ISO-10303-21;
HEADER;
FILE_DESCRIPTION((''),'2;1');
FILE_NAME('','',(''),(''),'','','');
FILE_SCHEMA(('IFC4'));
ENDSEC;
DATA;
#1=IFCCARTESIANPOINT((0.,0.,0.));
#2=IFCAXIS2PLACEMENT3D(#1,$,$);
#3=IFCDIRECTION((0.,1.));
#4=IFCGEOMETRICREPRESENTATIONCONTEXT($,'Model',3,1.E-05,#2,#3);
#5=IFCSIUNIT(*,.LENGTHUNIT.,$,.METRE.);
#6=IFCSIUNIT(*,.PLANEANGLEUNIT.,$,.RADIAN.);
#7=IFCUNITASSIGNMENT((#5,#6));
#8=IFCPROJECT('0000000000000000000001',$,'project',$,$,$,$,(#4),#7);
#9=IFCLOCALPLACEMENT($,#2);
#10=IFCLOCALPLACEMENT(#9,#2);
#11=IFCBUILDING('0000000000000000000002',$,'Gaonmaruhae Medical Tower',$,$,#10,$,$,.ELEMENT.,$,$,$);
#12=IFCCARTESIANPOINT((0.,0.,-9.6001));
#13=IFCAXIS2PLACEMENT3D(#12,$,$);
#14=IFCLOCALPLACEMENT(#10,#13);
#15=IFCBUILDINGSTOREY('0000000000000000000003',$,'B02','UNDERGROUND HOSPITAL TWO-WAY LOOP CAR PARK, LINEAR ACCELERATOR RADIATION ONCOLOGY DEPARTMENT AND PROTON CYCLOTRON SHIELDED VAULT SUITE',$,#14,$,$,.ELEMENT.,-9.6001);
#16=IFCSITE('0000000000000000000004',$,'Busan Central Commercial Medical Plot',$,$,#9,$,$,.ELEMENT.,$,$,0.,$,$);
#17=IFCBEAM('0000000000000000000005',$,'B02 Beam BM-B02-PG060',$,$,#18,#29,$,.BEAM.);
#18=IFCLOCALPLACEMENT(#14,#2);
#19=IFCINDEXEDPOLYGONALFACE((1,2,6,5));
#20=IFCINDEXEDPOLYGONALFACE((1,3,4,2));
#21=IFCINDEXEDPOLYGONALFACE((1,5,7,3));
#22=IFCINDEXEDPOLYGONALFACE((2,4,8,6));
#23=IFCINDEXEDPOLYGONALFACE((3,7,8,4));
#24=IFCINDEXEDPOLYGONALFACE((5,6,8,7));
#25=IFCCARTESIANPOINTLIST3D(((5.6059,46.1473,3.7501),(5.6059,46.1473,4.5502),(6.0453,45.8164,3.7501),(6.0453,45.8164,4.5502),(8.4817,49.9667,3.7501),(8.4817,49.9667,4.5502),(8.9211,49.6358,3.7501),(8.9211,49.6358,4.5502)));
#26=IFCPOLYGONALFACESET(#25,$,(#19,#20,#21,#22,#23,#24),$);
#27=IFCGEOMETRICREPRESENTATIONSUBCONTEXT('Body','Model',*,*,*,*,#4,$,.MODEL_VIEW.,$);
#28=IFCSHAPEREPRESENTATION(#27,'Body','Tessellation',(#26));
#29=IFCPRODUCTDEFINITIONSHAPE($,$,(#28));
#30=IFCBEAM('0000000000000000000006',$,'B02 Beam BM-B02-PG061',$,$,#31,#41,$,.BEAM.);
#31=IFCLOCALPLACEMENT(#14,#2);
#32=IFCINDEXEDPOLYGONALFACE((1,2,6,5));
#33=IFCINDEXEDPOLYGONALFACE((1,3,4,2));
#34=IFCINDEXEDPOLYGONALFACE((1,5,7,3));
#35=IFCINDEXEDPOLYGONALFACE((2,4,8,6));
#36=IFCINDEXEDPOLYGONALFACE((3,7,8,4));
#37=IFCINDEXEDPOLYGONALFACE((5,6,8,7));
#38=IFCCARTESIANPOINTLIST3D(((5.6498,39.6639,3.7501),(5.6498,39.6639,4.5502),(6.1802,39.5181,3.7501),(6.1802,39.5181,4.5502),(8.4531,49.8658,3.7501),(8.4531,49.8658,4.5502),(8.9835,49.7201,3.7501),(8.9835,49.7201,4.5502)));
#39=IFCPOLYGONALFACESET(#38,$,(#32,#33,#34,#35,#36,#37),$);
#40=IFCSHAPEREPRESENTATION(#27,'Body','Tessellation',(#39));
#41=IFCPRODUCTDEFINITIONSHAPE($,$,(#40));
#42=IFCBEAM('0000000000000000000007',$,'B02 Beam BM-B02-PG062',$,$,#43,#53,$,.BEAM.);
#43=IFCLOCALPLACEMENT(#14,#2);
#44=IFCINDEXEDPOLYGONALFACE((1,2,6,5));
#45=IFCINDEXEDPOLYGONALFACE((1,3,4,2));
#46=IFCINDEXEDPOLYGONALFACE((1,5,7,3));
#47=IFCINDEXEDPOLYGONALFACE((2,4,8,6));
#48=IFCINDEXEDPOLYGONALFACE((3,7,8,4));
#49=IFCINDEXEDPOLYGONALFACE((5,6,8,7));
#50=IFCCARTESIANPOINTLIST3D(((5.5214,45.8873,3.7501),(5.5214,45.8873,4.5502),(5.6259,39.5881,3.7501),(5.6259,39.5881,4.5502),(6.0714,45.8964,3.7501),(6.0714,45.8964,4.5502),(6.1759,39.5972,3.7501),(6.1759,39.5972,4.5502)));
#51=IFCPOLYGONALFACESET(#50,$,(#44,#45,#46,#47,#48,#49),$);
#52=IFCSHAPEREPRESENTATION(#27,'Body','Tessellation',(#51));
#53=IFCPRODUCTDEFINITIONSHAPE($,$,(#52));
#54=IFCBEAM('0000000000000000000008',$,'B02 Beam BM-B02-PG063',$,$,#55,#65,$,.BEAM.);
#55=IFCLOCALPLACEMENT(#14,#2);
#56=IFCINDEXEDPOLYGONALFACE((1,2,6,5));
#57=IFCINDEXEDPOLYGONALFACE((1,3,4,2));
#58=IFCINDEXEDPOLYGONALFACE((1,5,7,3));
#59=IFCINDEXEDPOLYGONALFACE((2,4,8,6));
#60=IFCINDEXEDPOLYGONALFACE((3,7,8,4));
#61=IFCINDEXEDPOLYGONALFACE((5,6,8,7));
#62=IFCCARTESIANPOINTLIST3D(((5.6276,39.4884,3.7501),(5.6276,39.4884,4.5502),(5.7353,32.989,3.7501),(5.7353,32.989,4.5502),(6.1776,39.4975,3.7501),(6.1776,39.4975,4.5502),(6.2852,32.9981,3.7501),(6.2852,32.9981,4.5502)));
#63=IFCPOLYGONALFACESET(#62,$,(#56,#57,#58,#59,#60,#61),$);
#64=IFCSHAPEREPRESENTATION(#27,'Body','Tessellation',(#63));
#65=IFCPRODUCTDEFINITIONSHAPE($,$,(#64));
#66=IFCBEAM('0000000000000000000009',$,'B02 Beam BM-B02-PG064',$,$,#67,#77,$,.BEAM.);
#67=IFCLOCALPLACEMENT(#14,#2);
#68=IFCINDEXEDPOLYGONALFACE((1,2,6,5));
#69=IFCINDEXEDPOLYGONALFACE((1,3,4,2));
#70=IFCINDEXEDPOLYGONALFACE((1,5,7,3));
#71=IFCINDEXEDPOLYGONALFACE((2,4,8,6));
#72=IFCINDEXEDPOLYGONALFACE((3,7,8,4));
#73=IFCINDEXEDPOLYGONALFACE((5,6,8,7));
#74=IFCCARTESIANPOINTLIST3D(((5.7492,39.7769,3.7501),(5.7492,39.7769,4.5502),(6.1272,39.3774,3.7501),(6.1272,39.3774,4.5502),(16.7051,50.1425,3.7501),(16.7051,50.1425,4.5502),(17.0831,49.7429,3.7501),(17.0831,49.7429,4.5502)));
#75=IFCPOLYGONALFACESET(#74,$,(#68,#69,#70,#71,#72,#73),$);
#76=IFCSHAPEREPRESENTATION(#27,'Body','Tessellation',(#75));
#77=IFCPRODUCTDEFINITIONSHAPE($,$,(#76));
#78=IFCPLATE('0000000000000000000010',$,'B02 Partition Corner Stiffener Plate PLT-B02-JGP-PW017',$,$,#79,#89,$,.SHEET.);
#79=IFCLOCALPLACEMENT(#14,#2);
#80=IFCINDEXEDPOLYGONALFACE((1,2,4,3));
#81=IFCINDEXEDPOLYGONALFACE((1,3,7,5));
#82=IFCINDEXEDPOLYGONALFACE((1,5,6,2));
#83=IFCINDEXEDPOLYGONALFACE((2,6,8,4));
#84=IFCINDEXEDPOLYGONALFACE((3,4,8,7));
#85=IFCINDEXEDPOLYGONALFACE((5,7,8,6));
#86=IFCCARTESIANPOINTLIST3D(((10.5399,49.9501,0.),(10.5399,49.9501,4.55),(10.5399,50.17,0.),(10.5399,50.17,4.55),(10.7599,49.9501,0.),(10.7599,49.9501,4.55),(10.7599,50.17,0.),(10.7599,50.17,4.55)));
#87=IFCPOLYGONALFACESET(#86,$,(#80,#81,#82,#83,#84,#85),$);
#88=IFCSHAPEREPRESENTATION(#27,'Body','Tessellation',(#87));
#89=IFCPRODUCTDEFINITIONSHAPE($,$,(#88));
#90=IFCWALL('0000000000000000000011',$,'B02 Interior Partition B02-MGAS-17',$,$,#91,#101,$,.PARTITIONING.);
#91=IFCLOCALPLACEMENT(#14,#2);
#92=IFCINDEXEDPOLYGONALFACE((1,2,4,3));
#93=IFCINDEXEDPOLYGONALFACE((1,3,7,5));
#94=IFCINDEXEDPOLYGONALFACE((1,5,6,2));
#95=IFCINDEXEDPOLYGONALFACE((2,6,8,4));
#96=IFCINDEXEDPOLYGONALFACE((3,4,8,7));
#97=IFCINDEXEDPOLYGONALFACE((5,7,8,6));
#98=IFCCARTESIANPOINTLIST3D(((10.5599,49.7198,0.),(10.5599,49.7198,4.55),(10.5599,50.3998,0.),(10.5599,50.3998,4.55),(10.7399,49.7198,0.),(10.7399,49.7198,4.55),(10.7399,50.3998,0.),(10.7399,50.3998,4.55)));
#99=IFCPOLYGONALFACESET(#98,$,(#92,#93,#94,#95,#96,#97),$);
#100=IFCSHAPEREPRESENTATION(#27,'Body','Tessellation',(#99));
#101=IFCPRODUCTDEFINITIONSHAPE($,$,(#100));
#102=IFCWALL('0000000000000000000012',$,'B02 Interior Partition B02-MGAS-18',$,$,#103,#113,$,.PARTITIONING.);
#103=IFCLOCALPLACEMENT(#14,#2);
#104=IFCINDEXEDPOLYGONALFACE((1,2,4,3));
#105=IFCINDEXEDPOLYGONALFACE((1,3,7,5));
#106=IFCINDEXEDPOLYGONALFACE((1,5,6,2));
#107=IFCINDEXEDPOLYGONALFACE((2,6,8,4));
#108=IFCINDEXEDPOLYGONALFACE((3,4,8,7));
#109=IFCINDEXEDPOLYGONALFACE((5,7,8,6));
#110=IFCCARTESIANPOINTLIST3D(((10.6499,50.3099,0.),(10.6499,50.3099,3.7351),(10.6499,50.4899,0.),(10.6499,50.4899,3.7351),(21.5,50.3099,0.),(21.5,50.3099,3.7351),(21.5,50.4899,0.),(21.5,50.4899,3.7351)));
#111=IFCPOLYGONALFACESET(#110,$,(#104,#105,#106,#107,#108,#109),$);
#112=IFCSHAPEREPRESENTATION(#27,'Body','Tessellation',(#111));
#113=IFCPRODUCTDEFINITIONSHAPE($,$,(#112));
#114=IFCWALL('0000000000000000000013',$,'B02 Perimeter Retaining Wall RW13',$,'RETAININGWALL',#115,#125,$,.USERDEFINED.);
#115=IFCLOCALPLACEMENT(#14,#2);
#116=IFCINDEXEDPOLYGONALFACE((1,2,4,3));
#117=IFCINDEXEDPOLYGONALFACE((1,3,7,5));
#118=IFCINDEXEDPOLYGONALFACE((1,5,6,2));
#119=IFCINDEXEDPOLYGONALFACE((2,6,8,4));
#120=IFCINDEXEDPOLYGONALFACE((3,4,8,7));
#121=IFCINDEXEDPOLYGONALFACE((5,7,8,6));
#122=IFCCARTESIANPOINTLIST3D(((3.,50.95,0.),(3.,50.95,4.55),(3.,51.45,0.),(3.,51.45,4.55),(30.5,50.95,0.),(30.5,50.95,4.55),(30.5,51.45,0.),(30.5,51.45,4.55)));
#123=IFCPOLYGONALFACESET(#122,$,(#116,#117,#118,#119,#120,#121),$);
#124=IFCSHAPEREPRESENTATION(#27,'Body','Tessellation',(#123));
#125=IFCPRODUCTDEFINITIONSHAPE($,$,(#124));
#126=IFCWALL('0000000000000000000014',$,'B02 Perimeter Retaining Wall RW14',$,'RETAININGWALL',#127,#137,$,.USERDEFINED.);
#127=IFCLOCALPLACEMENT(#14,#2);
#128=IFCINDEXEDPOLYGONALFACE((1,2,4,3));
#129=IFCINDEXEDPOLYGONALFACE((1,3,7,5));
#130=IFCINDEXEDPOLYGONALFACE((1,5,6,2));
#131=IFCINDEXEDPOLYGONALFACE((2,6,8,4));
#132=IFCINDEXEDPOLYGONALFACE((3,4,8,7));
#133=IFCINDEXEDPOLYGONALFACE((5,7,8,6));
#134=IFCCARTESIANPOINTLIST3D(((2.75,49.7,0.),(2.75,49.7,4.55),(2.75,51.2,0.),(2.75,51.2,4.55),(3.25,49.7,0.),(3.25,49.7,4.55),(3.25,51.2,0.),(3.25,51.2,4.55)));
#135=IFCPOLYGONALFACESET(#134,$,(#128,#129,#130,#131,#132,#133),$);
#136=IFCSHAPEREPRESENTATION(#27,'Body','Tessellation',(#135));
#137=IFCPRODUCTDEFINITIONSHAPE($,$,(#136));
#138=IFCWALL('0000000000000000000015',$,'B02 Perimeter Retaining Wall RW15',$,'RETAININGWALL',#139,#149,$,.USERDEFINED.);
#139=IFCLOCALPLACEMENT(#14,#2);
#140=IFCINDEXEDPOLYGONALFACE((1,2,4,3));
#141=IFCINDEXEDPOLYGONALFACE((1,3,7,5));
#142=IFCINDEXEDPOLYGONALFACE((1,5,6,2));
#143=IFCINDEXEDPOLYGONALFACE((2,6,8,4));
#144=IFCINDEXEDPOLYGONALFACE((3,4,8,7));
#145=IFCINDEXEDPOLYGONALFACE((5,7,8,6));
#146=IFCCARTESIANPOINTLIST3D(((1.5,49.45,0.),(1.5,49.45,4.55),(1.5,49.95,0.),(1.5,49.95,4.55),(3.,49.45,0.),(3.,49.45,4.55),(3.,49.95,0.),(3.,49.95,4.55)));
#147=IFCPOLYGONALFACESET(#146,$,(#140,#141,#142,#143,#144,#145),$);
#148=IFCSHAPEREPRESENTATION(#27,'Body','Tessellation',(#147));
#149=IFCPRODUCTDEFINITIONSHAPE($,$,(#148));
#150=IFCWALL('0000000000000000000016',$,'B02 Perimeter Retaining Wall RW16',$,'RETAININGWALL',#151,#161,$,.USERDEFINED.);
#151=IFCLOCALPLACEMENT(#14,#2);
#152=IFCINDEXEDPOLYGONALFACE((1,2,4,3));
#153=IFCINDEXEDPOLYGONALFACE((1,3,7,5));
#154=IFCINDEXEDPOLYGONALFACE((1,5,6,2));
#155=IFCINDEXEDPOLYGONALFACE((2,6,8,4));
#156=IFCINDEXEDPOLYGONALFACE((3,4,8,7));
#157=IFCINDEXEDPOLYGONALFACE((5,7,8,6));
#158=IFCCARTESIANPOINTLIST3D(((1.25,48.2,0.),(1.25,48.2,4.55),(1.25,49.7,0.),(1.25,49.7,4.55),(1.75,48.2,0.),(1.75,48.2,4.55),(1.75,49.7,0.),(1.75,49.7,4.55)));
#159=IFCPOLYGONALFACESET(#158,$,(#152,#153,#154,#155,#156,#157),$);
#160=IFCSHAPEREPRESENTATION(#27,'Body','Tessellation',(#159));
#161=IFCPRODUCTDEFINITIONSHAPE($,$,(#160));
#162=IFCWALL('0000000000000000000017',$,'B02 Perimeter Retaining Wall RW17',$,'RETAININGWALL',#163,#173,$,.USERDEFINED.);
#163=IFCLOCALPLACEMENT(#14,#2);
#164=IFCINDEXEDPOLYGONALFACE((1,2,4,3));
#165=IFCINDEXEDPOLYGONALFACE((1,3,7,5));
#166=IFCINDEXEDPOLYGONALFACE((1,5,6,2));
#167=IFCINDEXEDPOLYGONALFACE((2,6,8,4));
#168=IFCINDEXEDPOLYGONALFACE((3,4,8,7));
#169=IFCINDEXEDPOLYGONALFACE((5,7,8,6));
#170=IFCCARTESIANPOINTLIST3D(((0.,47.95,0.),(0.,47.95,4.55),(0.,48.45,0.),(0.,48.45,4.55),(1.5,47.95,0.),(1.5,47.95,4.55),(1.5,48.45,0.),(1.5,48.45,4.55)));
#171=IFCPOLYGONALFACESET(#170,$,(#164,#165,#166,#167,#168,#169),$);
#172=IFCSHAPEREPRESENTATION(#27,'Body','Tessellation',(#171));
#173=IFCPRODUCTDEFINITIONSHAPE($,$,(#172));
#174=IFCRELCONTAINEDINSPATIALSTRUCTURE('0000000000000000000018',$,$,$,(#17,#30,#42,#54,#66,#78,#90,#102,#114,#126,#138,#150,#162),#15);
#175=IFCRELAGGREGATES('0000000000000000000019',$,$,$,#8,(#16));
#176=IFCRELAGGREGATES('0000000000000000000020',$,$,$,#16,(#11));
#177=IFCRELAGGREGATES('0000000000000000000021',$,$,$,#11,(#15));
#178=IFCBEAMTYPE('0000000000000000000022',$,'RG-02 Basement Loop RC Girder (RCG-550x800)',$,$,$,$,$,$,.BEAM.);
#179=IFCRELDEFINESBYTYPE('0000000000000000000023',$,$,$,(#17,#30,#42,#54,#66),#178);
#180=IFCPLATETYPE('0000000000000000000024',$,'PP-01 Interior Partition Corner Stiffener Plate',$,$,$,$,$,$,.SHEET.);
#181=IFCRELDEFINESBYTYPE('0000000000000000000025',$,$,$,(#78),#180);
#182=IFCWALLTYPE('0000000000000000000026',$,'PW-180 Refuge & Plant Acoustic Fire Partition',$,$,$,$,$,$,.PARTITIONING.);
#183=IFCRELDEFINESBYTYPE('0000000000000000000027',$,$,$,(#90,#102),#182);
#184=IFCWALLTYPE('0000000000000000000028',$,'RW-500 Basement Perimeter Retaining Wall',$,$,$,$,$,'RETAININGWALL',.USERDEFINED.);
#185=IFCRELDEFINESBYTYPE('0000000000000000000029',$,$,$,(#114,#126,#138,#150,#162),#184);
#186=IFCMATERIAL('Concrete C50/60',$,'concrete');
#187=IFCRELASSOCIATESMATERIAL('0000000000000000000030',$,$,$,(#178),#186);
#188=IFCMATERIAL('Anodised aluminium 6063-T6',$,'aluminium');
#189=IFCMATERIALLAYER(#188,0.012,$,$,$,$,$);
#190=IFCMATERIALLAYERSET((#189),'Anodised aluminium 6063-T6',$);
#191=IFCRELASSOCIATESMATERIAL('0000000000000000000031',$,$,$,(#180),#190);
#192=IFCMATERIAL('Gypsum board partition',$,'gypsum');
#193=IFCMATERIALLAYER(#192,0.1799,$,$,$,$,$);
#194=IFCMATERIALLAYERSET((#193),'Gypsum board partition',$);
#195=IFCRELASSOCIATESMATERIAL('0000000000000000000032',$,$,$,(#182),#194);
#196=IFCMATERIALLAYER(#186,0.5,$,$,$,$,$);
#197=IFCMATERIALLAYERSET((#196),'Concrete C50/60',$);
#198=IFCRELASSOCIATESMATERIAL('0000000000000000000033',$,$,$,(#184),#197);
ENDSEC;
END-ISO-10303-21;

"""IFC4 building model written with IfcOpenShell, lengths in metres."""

from ifc_helpers import new_model, si_unit, direction, frame, frame_2d, origin, origin_2d, place, context, subcontext, project, spatial, rectangle, extrude, material, layer, layer_set, material_profile, profile_set, type_object, element, save


model = new_model("IFC4")

# Units and contexts
model_context = context("Model", 3, precision=1e-05, world=origin(), true_north=direction((0.0, 1.0)))
body_context = subcontext(model_context, "Body", "Model", "MODEL_VIEW")
ifc_project = project(units=[si_unit("LENGTHUNIT", "METRE"), si_unit("PLANEANGLEUNIT", "RADIAN")], contexts=[model_context])

# Site, building, storey
site_placement = place(None, origin())
site = spatial("IfcSite", under=ifc_project, at=site_placement, Name="Busan Central Commercial Medical Plot", CompositionType="ELEMENT", RefElevation=0.0)
building_placement = place(site_placement, origin())
building = spatial("IfcBuilding", under=site, at=building_placement, Name="Gaonmaruhae Medical Tower", CompositionType="ELEMENT")
storey_placement = place(building_placement, frame((0.0, 0.0, -9.6001)))
storey = spatial("IfcBuildingStorey", under=building, at=storey_placement, Name="B02", Description="UNDERGROUND HOSPITAL TWO-WAY LOOP CAR PARK, LINEAR ACCELERATOR RADIATION ONCOLOGY DEPARTMENT AND PROTON CYCLOTRON SHIELDED VAULT SUITE", CompositionType="ELEMENT", Elevation=-9.6001)

# Shared definitions
ifc_material_1 = material(Name="Concrete C50/60", Category="concrete")

# Beams
ifc_material_profile_1 = material_profile(ifc_material_1, rectangle(XDim=0.55, YDim=0.8, at=origin_2d()), Name="RCG-550x800")
ifc_profile_set_1 = profile_set([ifc_material_profile_1], Name="Concrete C50/60")
beam_type = type_object("IfcBeamType", Name="RG-02 Basement Loop RC Girder (RCG-550x800)", PredefinedType="BEAM", material=ifc_profile_set_1)
beam_1_placement = place(storey_placement, frame((8.7014, 49.8013, 4.1501), z_axis=(-0.601502, -0.798871, 0.0), x_axis=(0.798871, -0.601502, 0.0)))
element("IfcBeam", 1, at=beam_1_placement, inside=storey, type_object=beam_type, Name="B02 Beam BM-B02-PG060", PredefinedType="BEAM", context=body_context, shape_type="SweptSolid", body=[
    extrude(rectangle(XDim=0.55, YDim=0.8, at=origin_2d()), origin(), (0.0, 0.0, 1.0), 4.781),
])
beam_2_placement = place(storey_placement, frame((8.7183, 49.793, 4.1501), z_axis=(-0.264954, -0.964261, 0.0), x_axis=(0.964261, -0.264954, 0.0)))
element("IfcBeam", 2, at=beam_2_placement, inside=storey, type_object=beam_type, Name="B02 Beam BM-B02-PG061", PredefinedType="BEAM", context=body_context, shape_type="SweptSolid", body=[
    extrude(rectangle(XDim=0.55, YDim=0.8, at=origin_2d()), origin(), (0.0, 0.0, 1.0), 10.5801),
])
beam_3_placement = place(storey_placement, frame((5.7964, 45.8918, 4.1501), z_axis=(0.016586, -0.999862, 0.0), x_axis=(0.999862, 0.016586, 0.0)))
element("IfcBeam", 3, at=beam_3_placement, inside=storey, type_object=beam_type, Name="B02 Beam BM-B02-PG062", PredefinedType="BEAM", context=body_context, shape_type="SweptSolid", body=[
    extrude(rectangle(XDim=0.55, YDim=0.8, at=origin_2d()), origin(), (0.0, 0.0, 1.0), 6.3),
])
beam_4_placement = place(storey_placement, frame((5.9026, 39.4929, 4.1501), z_axis=(0.016564, -0.999863, 0.0), x_axis=(0.999863, 0.016564, 0.0)))
element("IfcBeam", 4, at=beam_4_placement, inside=storey, type_object=beam_type, Name="B02 Beam BM-B02-PG063", PredefinedType="BEAM", context=body_context, shape_type="SweptSolid", body=[
    extrude(rectangle(XDim=0.55, YDim=0.8, at=origin_2d()), origin(), (0.0, 0.0, 1.0), 6.5002),
])
beam_5_placement = place(storey_placement, frame((5.9382, 39.5771, 4.1501), z_axis=(0.726406, 0.687265, 0.0), x_axis=(-0.687265, 0.726406, 0.0)))
element("IfcBeam", 5, at=beam_5_placement, inside=storey, type_object=beam_type, Name="B02 Beam BM-B02-PG064", PredefinedType="BEAM", context=body_context, shape_type="SweptSolid", body=[
    extrude(rectangle(XDim=0.55, YDim=0.8, at=origin_2d()), origin(), (0.0, 0.0, 1.0), 15.0823),
])

# Plate
ifc_material_2 = material(Name="Anodised aluminium 6063-T6", Category="aluminium")
ifc_layer_1 = layer(ifc_material_2, 0.012)
ifc_layer_set_1 = layer_set([ifc_layer_1], Name="Anodised aluminium 6063-T6")
plate_type = type_object("IfcPlateType", Name="PP-01 Interior Partition Corner Stiffener Plate", PredefinedType="SHEET", material=ifc_layer_set_1)
plate_placement = place(storey_placement, frame((10.6499, 50.0601, 0.0), z_axis=(0.0, 0.0, 1.0), x_axis=(0.0, 1.0, 0.0)))
element("IfcPlate", 6, at=plate_placement, inside=storey, type_object=plate_type, Name="B02 Partition Corner Stiffener Plate PLT-B02-JGP-PW017", PredefinedType="SHEET", context=body_context, shape_type="SweptSolid", body=[
    extrude(rectangle(XDim=0.22, YDim=0.22, at=origin_2d()), origin(), (0.0, 0.0, 1.0), 4.55),
])

# Walls
ifc_material_3 = material(Name="Gypsum board partition", Category="gypsum")
ifc_layer_2 = layer(ifc_material_3, 0.1799)
ifc_layer_set_2 = layer_set([ifc_layer_2], Name="Gypsum board partition")
wall_type_1 = type_object("IfcWallType", Name="PW-180 Refuge & Plant Acoustic Fire Partition", PredefinedType="PARTITIONING", material=ifc_layer_set_2)
wall_1_placement = place(storey_placement, frame((10.6499, 49.72, 0.0), z_axis=(0.0, 0.0, 1.0), x_axis=(0.0, 1.0, 0.0)))
element("IfcWall", 7, at=wall_1_placement, inside=storey, type_object=wall_type_1, Name="B02 Interior Partition B02-MGAS-17", PredefinedType="PARTITIONING", context=body_context, shape_type="SweptSolid", body=[
    extrude(rectangle(XDim=0.6799, YDim=0.1799, at=frame_2d((0.3398, 0.0))), origin(), (0.0, 0.0, 1.0), 4.55),
])
wall_2_placement = place(storey_placement, frame((10.6499, 50.3999, 0.0), z_axis=(0.0, 0.0, 1.0), x_axis=(1.0, 0.0, 0.0)))
element("IfcWall", 8, at=wall_2_placement, inside=storey, type_object=wall_type_1, Name="B02 Interior Partition B02-MGAS-18", PredefinedType="PARTITIONING", context=body_context, shape_type="SweptSolid", body=[
    extrude(rectangle(XDim=10.8501, YDim=0.1799, at=frame_2d((5.425, 0.0))), origin(), (0.0, 0.0, 1.0), 3.7351),
])
ifc_layer_3 = layer(ifc_material_1, 0.5)
ifc_layer_set_3 = layer_set([ifc_layer_3], Name="Concrete C50/60")
wall_type_2 = type_object("IfcWallType", Name="RW-500 Basement Perimeter Retaining Wall", ElementType="RETAININGWALL", PredefinedType="USERDEFINED", material=ifc_layer_set_3)
wall_3_placement = place(storey_placement, frame((3.0, 51.2, 0.0), z_axis=(0.0, 0.0, 1.0), x_axis=(1.0, 0.0, 0.0)))
element("IfcWall", 9, at=wall_3_placement, inside=storey, type_object=wall_type_2, Name="B02 Perimeter Retaining Wall RW13", ObjectType="RETAININGWALL", PredefinedType="USERDEFINED", context=body_context, shape_type="SweptSolid", body=[
    extrude(rectangle(XDim=27.5, YDim=0.5, at=frame_2d((13.75, 0.0))), origin(), (0.0, 0.0, 1.0), 4.55),
])
for number, where, z_axis, x_axis, name in (
    (10, (3.0, 49.7, 0.0), (0.0, 0.0, 1.0), (0.0, 1.0, 0.0), "B02 Perimeter Retaining Wall RW14"),
    (11, (1.5, 49.7, 0.0), (0.0, 0.0, 1.0), (1.0, 0.0, 0.0), "B02 Perimeter Retaining Wall RW15"),
    (12, (1.5, 48.2, 0.0), (0.0, 0.0, 1.0), (0.0, 1.0, 0.0), "B02 Perimeter Retaining Wall RW16"),
    (13, (0.0, 48.2, 0.0), (0.0, 0.0, 1.0), (1.0, 0.0, 0.0), "B02 Perimeter Retaining Wall RW17"),
):
    element("IfcWall", number, at=place(storey_placement, frame(where, z_axis=z_axis, x_axis=x_axis)), inside=storey, type_object=wall_type_2, Name=name, ObjectType="RETAININGWALL", PredefinedType="USERDEFINED", context=body_context, shape_type="SweptSolid", body=[
        extrude(rectangle(XDim=1.5, YDim=0.5, at=frame_2d((0.75, 0.0))), origin(), (0.0, 0.0, 1.0), 4.55),
    ])

save(model, "model.ifc")
